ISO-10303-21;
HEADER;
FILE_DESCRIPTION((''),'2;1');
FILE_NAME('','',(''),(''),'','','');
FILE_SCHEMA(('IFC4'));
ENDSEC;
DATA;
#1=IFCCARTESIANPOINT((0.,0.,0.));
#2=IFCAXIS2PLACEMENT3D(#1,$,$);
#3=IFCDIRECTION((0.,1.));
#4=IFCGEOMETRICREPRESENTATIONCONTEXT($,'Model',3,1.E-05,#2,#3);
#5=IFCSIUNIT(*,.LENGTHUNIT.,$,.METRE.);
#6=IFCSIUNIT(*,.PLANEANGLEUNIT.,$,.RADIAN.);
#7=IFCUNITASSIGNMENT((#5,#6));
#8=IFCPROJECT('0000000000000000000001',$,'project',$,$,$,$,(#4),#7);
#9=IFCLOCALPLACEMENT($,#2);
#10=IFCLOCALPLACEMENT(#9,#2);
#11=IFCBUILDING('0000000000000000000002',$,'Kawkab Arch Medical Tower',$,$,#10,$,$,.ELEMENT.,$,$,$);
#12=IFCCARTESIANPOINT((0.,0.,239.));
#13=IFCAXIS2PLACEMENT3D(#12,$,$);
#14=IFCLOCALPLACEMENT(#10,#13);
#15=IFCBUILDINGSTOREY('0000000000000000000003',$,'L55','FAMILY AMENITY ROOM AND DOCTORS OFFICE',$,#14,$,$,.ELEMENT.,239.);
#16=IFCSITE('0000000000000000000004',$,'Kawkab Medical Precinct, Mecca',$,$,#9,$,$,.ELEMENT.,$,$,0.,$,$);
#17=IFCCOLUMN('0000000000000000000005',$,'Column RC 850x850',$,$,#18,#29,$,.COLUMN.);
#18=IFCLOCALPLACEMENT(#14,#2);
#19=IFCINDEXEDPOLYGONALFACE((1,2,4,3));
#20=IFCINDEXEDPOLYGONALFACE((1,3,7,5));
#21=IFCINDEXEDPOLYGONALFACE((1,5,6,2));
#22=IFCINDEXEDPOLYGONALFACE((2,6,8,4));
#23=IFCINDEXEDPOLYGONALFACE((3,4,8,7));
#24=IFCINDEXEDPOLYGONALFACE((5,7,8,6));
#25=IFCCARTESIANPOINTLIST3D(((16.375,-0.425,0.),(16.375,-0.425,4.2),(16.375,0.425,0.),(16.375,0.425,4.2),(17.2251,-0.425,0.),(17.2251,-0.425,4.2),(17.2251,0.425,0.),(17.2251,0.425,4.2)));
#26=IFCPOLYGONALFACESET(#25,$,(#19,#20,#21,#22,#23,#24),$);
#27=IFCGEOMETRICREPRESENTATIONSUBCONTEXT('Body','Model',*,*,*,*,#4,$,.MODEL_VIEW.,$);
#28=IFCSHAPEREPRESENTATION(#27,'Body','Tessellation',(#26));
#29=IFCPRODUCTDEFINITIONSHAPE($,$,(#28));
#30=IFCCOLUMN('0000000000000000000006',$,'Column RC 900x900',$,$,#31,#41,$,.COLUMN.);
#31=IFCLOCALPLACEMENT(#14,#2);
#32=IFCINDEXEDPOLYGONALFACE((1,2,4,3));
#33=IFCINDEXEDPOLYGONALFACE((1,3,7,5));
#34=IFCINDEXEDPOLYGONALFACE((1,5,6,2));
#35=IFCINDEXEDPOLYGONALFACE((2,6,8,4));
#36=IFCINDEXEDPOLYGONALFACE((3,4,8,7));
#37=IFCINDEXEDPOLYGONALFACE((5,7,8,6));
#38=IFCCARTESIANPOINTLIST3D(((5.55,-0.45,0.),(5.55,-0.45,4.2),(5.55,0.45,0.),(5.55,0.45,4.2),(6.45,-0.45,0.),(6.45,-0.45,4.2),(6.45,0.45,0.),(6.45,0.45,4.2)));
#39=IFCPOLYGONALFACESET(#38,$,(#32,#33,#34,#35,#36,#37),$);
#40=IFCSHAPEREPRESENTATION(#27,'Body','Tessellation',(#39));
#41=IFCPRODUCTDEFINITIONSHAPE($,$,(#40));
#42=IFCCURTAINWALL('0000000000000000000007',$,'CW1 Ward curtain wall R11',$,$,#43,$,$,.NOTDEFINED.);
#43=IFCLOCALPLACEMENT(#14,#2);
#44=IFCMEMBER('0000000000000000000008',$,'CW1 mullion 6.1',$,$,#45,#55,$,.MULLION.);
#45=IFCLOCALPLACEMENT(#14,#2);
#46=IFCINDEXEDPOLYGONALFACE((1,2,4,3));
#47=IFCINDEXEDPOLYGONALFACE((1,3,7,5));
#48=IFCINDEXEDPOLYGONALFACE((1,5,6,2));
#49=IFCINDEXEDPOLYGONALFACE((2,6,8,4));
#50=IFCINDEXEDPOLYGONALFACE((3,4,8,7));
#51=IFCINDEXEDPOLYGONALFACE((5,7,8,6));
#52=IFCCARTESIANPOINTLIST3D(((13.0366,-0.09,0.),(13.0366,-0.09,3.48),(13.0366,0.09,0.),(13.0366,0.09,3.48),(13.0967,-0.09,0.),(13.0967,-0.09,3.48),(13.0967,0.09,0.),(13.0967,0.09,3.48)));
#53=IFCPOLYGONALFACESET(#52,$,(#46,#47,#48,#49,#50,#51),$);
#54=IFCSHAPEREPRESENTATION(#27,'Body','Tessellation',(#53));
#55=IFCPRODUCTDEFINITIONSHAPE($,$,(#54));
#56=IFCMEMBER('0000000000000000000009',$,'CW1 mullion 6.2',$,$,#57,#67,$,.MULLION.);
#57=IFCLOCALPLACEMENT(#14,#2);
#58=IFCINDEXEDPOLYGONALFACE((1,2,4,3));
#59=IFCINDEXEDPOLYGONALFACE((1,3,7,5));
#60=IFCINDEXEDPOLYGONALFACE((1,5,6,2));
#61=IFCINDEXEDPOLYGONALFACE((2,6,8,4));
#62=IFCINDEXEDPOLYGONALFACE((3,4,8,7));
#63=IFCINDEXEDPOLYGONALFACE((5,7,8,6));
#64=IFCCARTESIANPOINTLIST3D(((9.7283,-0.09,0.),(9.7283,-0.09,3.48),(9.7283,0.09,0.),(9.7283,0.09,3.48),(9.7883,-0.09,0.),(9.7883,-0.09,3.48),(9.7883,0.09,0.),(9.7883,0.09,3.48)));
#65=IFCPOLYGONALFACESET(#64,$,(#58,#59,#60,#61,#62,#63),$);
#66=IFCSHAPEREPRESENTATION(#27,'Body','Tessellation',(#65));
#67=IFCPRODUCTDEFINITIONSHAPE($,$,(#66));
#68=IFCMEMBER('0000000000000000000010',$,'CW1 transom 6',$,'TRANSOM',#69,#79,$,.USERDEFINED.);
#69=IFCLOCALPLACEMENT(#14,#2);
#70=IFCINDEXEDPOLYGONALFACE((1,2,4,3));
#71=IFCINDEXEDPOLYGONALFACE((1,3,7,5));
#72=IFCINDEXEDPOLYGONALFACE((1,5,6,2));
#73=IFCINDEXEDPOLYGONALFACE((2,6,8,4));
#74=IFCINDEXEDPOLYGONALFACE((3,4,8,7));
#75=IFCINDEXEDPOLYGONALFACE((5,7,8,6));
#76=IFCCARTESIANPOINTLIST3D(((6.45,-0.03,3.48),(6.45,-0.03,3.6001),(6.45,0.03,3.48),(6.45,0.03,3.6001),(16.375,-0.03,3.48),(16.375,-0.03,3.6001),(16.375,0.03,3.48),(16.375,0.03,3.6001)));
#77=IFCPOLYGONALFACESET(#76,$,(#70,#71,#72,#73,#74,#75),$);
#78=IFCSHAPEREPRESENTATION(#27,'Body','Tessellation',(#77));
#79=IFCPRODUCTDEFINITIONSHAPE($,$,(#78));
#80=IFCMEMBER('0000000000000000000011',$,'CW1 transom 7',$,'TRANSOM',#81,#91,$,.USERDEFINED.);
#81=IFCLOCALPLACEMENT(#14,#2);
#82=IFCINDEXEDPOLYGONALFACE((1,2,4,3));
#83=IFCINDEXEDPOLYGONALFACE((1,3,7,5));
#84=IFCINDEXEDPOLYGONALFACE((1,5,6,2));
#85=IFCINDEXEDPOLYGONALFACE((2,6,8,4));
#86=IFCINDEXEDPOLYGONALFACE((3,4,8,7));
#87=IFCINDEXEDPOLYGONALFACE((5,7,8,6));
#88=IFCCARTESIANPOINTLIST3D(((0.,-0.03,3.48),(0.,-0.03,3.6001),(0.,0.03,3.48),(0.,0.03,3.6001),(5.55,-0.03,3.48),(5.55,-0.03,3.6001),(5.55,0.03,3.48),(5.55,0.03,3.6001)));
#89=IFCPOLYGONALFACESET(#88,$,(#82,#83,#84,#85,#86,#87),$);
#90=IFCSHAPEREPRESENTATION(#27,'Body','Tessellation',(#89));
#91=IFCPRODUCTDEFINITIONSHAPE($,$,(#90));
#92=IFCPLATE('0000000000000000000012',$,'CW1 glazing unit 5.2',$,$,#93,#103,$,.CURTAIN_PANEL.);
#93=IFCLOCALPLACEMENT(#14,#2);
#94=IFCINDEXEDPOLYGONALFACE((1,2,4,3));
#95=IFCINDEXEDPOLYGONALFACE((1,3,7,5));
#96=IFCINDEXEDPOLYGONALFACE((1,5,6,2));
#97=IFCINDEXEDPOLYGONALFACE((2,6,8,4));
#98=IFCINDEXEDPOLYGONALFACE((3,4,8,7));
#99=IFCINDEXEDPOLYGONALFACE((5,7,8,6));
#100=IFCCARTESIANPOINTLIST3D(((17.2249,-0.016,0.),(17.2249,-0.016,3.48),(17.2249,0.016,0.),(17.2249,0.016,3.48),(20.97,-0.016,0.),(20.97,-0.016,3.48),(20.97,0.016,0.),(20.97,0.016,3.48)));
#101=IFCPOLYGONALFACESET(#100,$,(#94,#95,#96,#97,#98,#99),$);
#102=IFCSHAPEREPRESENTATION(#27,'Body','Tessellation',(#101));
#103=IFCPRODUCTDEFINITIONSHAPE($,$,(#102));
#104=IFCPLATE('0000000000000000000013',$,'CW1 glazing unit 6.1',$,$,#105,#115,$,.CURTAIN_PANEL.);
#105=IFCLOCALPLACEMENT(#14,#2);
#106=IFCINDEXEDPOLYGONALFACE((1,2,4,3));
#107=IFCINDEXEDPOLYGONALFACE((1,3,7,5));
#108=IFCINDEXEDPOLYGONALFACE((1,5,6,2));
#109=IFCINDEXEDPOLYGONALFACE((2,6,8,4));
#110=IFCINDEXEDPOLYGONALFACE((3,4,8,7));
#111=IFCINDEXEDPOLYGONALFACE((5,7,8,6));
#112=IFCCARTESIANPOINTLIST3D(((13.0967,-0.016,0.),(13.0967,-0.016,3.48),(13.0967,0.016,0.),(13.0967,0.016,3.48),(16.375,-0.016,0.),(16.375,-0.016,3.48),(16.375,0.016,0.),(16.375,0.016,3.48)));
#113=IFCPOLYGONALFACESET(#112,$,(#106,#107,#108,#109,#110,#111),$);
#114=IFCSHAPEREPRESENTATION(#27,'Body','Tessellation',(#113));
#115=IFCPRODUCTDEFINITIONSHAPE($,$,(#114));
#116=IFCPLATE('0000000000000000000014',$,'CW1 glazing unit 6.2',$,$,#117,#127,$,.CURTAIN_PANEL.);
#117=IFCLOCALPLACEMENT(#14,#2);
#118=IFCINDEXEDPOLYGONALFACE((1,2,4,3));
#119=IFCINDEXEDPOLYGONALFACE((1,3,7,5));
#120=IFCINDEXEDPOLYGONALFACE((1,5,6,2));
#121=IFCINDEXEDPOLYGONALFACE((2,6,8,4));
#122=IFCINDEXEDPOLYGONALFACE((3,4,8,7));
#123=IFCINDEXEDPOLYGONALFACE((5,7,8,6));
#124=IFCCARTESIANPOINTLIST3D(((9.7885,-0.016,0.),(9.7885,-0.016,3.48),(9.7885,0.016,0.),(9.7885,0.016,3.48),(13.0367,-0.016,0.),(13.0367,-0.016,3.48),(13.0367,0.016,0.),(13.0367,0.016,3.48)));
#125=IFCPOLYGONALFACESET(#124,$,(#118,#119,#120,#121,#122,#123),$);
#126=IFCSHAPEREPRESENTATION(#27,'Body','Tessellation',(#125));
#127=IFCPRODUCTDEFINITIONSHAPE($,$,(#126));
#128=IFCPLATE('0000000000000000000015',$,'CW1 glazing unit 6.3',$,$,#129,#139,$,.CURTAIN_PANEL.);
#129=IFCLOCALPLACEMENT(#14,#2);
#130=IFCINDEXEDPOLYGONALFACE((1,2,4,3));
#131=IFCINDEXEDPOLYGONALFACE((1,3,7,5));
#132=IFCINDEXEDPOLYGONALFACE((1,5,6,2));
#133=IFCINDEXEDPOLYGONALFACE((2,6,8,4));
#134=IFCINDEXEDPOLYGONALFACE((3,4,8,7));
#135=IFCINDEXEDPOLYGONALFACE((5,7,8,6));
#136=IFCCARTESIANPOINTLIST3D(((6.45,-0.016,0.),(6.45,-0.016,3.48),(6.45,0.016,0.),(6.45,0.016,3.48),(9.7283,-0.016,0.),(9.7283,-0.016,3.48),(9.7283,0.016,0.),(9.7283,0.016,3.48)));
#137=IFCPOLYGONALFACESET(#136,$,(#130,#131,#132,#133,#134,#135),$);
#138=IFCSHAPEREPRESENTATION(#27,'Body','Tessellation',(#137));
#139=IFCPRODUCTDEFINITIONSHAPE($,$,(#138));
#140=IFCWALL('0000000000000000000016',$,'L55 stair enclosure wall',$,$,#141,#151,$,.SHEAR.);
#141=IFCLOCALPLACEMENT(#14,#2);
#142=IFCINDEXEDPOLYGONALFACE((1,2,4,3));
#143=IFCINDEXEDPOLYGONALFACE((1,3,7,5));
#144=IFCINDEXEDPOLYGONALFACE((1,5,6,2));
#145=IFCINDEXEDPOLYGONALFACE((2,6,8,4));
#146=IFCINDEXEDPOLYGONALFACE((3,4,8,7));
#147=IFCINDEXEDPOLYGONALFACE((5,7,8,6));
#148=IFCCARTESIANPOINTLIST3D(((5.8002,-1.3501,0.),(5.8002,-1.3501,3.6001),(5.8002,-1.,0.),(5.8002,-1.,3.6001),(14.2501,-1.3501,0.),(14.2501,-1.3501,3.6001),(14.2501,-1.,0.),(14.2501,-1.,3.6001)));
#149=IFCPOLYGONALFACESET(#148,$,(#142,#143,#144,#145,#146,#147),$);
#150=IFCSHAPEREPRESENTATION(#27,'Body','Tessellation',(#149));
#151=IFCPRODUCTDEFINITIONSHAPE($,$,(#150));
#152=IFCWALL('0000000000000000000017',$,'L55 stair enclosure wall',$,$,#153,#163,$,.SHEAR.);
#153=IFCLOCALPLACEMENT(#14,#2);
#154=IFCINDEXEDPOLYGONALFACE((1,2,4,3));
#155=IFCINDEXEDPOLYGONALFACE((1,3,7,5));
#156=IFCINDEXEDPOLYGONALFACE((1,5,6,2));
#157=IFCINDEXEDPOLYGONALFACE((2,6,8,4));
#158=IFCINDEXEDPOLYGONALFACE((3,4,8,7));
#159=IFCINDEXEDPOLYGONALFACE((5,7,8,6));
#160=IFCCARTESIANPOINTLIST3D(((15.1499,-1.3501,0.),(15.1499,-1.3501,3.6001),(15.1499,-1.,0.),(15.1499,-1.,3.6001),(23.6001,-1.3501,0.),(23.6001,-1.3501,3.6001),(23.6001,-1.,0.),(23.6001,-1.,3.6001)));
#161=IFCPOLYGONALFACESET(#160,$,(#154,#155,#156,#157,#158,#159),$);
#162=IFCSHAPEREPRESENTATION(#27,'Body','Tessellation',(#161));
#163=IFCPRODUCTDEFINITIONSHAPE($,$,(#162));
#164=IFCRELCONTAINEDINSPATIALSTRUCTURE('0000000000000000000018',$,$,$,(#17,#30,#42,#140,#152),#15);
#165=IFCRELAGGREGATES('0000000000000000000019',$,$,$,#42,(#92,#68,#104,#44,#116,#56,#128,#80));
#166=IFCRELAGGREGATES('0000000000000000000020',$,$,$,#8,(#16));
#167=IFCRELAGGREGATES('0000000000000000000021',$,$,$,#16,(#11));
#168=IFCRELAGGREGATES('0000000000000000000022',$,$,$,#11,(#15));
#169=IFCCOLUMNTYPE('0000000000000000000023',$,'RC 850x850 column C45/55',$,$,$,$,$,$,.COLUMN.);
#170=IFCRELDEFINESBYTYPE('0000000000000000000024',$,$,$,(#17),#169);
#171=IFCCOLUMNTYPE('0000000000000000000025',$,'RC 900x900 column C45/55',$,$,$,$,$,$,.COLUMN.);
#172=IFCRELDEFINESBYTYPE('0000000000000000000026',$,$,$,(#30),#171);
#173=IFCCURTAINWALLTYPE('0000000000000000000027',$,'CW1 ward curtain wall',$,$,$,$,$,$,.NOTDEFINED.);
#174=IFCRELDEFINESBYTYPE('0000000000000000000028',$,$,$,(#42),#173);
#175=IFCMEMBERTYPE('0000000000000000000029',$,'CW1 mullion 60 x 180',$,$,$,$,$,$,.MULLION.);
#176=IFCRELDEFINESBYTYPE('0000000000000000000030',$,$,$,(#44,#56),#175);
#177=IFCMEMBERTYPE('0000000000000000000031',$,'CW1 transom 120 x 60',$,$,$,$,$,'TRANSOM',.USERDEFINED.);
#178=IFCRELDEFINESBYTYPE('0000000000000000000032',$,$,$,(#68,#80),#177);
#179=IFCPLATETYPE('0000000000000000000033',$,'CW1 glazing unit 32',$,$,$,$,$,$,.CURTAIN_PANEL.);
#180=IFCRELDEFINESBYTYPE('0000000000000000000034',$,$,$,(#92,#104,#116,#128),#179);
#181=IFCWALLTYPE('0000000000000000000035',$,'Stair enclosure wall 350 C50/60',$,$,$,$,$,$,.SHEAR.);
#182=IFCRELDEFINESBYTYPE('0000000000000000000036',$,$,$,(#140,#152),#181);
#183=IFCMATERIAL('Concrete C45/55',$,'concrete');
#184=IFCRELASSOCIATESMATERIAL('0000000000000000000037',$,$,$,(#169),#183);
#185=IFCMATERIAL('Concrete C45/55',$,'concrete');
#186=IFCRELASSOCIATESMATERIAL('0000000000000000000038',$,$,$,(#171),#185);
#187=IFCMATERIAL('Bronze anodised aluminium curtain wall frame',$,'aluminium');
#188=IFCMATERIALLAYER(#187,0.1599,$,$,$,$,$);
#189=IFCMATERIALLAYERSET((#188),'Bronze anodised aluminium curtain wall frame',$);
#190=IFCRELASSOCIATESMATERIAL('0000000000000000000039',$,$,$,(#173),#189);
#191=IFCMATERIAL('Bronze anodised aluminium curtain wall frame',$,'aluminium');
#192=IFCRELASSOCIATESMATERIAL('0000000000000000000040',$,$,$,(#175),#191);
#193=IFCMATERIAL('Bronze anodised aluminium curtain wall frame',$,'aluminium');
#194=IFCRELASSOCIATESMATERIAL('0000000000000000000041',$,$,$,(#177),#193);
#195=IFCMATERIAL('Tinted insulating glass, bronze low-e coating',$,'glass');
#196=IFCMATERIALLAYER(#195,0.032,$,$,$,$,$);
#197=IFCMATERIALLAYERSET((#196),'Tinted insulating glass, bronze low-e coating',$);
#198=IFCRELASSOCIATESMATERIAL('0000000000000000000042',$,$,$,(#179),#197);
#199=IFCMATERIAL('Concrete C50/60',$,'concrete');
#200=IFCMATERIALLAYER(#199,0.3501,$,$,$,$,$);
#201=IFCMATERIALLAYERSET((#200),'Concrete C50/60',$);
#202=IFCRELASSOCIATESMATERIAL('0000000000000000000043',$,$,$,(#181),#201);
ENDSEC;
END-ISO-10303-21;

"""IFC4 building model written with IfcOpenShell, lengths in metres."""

from ifc_helpers import new_model, si_unit, direction, frame, frame_2d, origin, origin_2d, place, context, subcontext, project, spatial, rectangle, extrude, material, layer, layer_set, material_profile, profile_set, type_object, element, aggregate, save


model = new_model("IFC4")

# Units and contexts
model_context = context("Model", 3, precision=1e-05, world=origin(), true_north=direction((0.0, 1.0)))
body_context = subcontext(model_context, "Body", "Model", "MODEL_VIEW")
ifc_project = project(units=[si_unit("LENGTHUNIT", "METRE"), si_unit("PLANEANGLEUNIT", "RADIAN")], contexts=[model_context])

# Site, building, storey
site_placement = place(None, origin())
site = spatial("IfcSite", under=ifc_project, at=site_placement, Name="Kawkab Medical Precinct, Mecca", CompositionType="ELEMENT", RefElevation=0.0)
building_placement = place(site_placement, origin())
building = spatial("IfcBuilding", under=site, at=building_placement, Name="Kawkab Arch Medical Tower", CompositionType="ELEMENT")
storey_placement = place(building_placement, frame((0.0, 0.0, 239.0)))
storey = spatial("IfcBuildingStorey", under=building, at=storey_placement, Name="L55", Description="FAMILY AMENITY ROOM AND DOCTORS OFFICE", CompositionType="ELEMENT", Elevation=239.0)

# Columns
ifc_material_1 = material(Name="Concrete C45/55", Category="concrete")
ifc_material_profile_1 = material_profile(ifc_material_1, rectangle(XDim=0.8501, YDim=0.8501, at=origin_2d()), Name="RC 850x850")
ifc_profile_set_1 = profile_set([ifc_material_profile_1], Name="Concrete C45/55")
column_type_1 = type_object("IfcColumnType", Name="RC 850x850 column C45/55", PredefinedType="COLUMN", material=ifc_profile_set_1)
column_1_placement = place(storey_placement, frame((16.8, 0.0, 0.0), z_axis=(0.0, 0.0, 1.0), x_axis=(1.0, 0.0, 0.0)))
element("IfcColumn", 1, at=column_1_placement, inside=storey, type_object=column_type_1, Name="Column RC 850x850", PredefinedType="COLUMN", context=body_context, shape_type="SweptSolid", body=[
    extrude(rectangle(XDim=0.8501, YDim=0.8501, at=origin_2d()), origin(), (0.0, 0.0, 1.0), 4.2),
])
ifc_material_2 = material(Name="Concrete C45/55", Category="concrete")
ifc_material_profile_2 = material_profile(ifc_material_2, rectangle(XDim=0.8999, YDim=0.8999, at=origin_2d()), Name="RC 900x900")
ifc_profile_set_2 = profile_set([ifc_material_profile_2], Name="Concrete C45/55")
column_type_2 = type_object("IfcColumnType", Name="RC 900x900 column C45/55", PredefinedType="COLUMN", material=ifc_profile_set_2)
column_2_placement = place(storey_placement, frame((6.0, 0.0, 0.0), z_axis=(0.0, 0.0, 1.0), x_axis=(1.0, 0.0, 0.0)))
element("IfcColumn", 2, at=column_2_placement, inside=storey, type_object=column_type_2, Name="Column RC 900x900", PredefinedType="COLUMN", context=body_context, shape_type="SweptSolid", body=[
    extrude(rectangle(XDim=0.8999, YDim=0.8999, at=origin_2d()), origin(), (0.0, 0.0, 1.0), 4.2),
])

# Curtain wall, members, plates
ifc_material_3 = material(Name="Bronze anodised aluminium curtain wall frame", Category="aluminium")
ifc_layer_1 = layer(ifc_material_3, 0.1599)
ifc_layer_set_1 = layer_set([ifc_layer_1], Name="Bronze anodised aluminium curtain wall frame")
curtain_wall_type = type_object("IfcCurtainWallType", Name="CW1 ward curtain wall", PredefinedType="NOTDEFINED", material=ifc_layer_set_1)
placement = place(storey_placement, origin())
curtain_wall = element("IfcCurtainWall", 3, at=placement, inside=storey, type_object=curtain_wall_type, Name="CW1 Ward curtain wall R11", PredefinedType="NOTDEFINED")
ifc_material_4 = material(Name="Bronze anodised aluminium curtain wall frame", Category="aluminium")
ifc_material_profile_3 = material_profile(ifc_material_4, rectangle(XDim=0.1799, YDim=0.0601, at=origin_2d()), Name="AL 60x180")
ifc_profile_set_3 = profile_set([ifc_material_profile_3], Name="Bronze anodised aluminium curtain wall frame")
member_type_1 = type_object("IfcMemberType", Name="CW1 mullion 60 x 180", PredefinedType="MULLION", material=ifc_profile_set_3)
member_1_placement = place(storey_placement, frame((13.0667, 0.0, 0.0), z_axis=(0.0, 0.0, 1.0), x_axis=(0.0, -1.0, 0.0)))
member_1 = element("IfcMember", 4, at=member_1_placement, type_object=member_type_1, Name="CW1 mullion 6.1", PredefinedType="MULLION", context=body_context, shape_type="SweptSolid", body=[
    extrude(rectangle(XDim=0.1799, YDim=0.0601, at=origin_2d()), origin(), (0.0, 0.0, 1.0), 3.48),
])
member_2_placement = place(storey_placement, frame((9.7583, 0.0, 0.0), z_axis=(0.0, 0.0, 1.0), x_axis=(0.0, -1.0, 0.0)))
member_2 = element("IfcMember", 5, at=member_2_placement, type_object=member_type_1, Name="CW1 mullion 6.2", PredefinedType="MULLION", context=body_context, shape_type="SweptSolid", body=[
    extrude(rectangle(XDim=0.1799, YDim=0.0601, at=origin_2d()), origin(), (0.0, 0.0, 1.0), 3.48),
])
ifc_material_5 = material(Name="Bronze anodised aluminium curtain wall frame", Category="aluminium")
ifc_material_profile_4 = material_profile(ifc_material_5, rectangle(XDim=0.0601, YDim=0.1201, at=origin_2d()), Name="AL 60x120")
ifc_profile_set_4 = profile_set([ifc_material_profile_4], Name="Bronze anodised aluminium curtain wall frame")
member_type_2 = type_object("IfcMemberType", Name="CW1 transom 120 x 60", ElementType="TRANSOM", PredefinedType="USERDEFINED", material=ifc_profile_set_4)
member_3_placement = place(storey_placement, frame((16.375, 0.0, 3.54), z_axis=(-1.0, 0.0, 0.0), x_axis=(0.0, -1.0, 0.0)))
member_3 = element("IfcMember", 6, at=member_3_placement, type_object=member_type_2, Name="CW1 transom 6", ObjectType="TRANSOM", PredefinedType="USERDEFINED", context=body_context, shape_type="SweptSolid", body=[
    extrude(rectangle(XDim=0.0601, YDim=0.1201, at=origin_2d()), origin(), (0.0, 0.0, 1.0), 9.925),
])
member_4_placement = place(storey_placement, frame((5.55, 0.0, 3.54), z_axis=(-1.0, 0.0, 0.0), x_axis=(0.0, -1.0, 0.0)))
member_4 = element("IfcMember", 7, at=member_4_placement, type_object=member_type_2, Name="CW1 transom 7", ObjectType="TRANSOM", PredefinedType="USERDEFINED", context=body_context, shape_type="SweptSolid", body=[
    extrude(rectangle(XDim=0.0601, YDim=0.1201, at=origin_2d()), origin(), (0.0, 0.0, 1.0), 5.55),
])
ifc_material_6 = material(Name="Tinted insulating glass, bronze low-e coating", Category="glass")
ifc_layer_2 = layer(ifc_material_6, 0.032)
ifc_layer_set_2 = layer_set([ifc_layer_2], Name="Tinted insulating glass, bronze low-e coating")
plate_type = type_object("IfcPlateType", Name="CW1 glazing unit 32", PredefinedType="CURTAIN_PANEL", material=ifc_layer_set_2)
plate_1_placement = place(storey_placement, frame((19.0974, 0.0, 0.0), z_axis=(0.0, 0.0, 1.0), x_axis=(-1.0, 0.0, 0.0)))
plate_1 = element("IfcPlate", 8, at=plate_1_placement, type_object=plate_type, Name="CW1 glazing unit 5.2", PredefinedType="CURTAIN_PANEL", context=body_context, shape_type="SweptSolid", body=[
    extrude(rectangle(XDim=3.7451, YDim=0.032, at=origin_2d()), origin(), (0.0, 0.0, 1.0), 3.48),
])
plate_2_placement = place(storey_placement, frame((14.7358, 0.0, 0.0), z_axis=(0.0, 0.0, 1.0), x_axis=(-1.0, 0.0, 0.0)))
plate_2 = element("IfcPlate", 9, at=plate_2_placement, type_object=plate_type, Name="CW1 glazing unit 6.1", PredefinedType="CURTAIN_PANEL", context=body_context, shape_type="SweptSolid", body=[
    extrude(rectangle(XDim=3.2783, YDim=0.032, at=origin_2d()), origin(), (0.0, 0.0, 1.0), 3.48),
])
plate_3_placement = place(storey_placement, frame((11.4126, 0.0, 0.0), z_axis=(0.0, 0.0, 1.0), x_axis=(-1.0, 0.0, 0.0)))
plate_3 = element("IfcPlate", 10, at=plate_3_placement, type_object=plate_type, Name="CW1 glazing unit 6.2", PredefinedType="CURTAIN_PANEL", context=body_context, shape_type="SweptSolid", body=[
    extrude(rectangle(XDim=3.2483, YDim=0.032, at=origin_2d()), origin(), (0.0, 0.0, 1.0), 3.48),
])
plate_4_placement = place(storey_placement, frame((8.0891, 0.0, 0.0), z_axis=(0.0, 0.0, 1.0), x_axis=(-1.0, 0.0, 0.0)))
plate_4 = element("IfcPlate", 11, at=plate_4_placement, type_object=plate_type, Name="CW1 glazing unit 6.3", PredefinedType="CURTAIN_PANEL", context=body_context, shape_type="SweptSolid", body=[
    extrude(rectangle(XDim=3.2783, YDim=0.032, at=origin_2d()), origin(), (0.0, 0.0, 1.0), 3.48),
])
aggregate(curtain_wall, [plate_1, member_3, plate_2, member_1, plate_3, member_2, plate_4, member_4])

# Walls
ifc_material_7 = material(Name="Concrete C50/60", Category="concrete")
ifc_layer_3 = layer(ifc_material_7, 0.3501)
ifc_layer_set_3 = layer_set([ifc_layer_3], Name="Concrete C50/60")
wall_type = type_object("IfcWallType", Name="Stair enclosure wall 350 C50/60", PredefinedType="SHEAR", material=ifc_layer_set_3)
wall_1_placement = place(storey_placement, frame((5.8, -1.175, 0.0), z_axis=(0.0, 0.0, 1.0), x_axis=(1.0, 0.0, 0.0)))
element("IfcWall", 12, at=wall_1_placement, inside=storey, type_object=wall_type, Name="L55 stair enclosure wall", PredefinedType="SHEAR", context=body_context, shape_type="SweptSolid", body=[
    extrude(rectangle(XDim=8.45, YDim=0.3501, at=frame_2d((4.2251, 0.0))), origin(), (0.0, 0.0, 1.0), 3.6001),
])
wall_2_placement = place(storey_placement, frame((15.1499, -1.175, 0.0), z_axis=(0.0, 0.0, 1.0), x_axis=(1.0, 0.0, 0.0)))
element("IfcWall", 13, at=wall_2_placement, inside=storey, type_object=wall_type, Name="L55 stair enclosure wall", PredefinedType="SHEAR", context=body_context, shape_type="SweptSolid", body=[
    extrude(rectangle(XDim=8.4502, YDim=0.3501, at=frame_2d((4.2251, 0.0))), origin(), (0.0, 0.0, 1.0), 3.6001),
])

save(model, "model.ifc")
